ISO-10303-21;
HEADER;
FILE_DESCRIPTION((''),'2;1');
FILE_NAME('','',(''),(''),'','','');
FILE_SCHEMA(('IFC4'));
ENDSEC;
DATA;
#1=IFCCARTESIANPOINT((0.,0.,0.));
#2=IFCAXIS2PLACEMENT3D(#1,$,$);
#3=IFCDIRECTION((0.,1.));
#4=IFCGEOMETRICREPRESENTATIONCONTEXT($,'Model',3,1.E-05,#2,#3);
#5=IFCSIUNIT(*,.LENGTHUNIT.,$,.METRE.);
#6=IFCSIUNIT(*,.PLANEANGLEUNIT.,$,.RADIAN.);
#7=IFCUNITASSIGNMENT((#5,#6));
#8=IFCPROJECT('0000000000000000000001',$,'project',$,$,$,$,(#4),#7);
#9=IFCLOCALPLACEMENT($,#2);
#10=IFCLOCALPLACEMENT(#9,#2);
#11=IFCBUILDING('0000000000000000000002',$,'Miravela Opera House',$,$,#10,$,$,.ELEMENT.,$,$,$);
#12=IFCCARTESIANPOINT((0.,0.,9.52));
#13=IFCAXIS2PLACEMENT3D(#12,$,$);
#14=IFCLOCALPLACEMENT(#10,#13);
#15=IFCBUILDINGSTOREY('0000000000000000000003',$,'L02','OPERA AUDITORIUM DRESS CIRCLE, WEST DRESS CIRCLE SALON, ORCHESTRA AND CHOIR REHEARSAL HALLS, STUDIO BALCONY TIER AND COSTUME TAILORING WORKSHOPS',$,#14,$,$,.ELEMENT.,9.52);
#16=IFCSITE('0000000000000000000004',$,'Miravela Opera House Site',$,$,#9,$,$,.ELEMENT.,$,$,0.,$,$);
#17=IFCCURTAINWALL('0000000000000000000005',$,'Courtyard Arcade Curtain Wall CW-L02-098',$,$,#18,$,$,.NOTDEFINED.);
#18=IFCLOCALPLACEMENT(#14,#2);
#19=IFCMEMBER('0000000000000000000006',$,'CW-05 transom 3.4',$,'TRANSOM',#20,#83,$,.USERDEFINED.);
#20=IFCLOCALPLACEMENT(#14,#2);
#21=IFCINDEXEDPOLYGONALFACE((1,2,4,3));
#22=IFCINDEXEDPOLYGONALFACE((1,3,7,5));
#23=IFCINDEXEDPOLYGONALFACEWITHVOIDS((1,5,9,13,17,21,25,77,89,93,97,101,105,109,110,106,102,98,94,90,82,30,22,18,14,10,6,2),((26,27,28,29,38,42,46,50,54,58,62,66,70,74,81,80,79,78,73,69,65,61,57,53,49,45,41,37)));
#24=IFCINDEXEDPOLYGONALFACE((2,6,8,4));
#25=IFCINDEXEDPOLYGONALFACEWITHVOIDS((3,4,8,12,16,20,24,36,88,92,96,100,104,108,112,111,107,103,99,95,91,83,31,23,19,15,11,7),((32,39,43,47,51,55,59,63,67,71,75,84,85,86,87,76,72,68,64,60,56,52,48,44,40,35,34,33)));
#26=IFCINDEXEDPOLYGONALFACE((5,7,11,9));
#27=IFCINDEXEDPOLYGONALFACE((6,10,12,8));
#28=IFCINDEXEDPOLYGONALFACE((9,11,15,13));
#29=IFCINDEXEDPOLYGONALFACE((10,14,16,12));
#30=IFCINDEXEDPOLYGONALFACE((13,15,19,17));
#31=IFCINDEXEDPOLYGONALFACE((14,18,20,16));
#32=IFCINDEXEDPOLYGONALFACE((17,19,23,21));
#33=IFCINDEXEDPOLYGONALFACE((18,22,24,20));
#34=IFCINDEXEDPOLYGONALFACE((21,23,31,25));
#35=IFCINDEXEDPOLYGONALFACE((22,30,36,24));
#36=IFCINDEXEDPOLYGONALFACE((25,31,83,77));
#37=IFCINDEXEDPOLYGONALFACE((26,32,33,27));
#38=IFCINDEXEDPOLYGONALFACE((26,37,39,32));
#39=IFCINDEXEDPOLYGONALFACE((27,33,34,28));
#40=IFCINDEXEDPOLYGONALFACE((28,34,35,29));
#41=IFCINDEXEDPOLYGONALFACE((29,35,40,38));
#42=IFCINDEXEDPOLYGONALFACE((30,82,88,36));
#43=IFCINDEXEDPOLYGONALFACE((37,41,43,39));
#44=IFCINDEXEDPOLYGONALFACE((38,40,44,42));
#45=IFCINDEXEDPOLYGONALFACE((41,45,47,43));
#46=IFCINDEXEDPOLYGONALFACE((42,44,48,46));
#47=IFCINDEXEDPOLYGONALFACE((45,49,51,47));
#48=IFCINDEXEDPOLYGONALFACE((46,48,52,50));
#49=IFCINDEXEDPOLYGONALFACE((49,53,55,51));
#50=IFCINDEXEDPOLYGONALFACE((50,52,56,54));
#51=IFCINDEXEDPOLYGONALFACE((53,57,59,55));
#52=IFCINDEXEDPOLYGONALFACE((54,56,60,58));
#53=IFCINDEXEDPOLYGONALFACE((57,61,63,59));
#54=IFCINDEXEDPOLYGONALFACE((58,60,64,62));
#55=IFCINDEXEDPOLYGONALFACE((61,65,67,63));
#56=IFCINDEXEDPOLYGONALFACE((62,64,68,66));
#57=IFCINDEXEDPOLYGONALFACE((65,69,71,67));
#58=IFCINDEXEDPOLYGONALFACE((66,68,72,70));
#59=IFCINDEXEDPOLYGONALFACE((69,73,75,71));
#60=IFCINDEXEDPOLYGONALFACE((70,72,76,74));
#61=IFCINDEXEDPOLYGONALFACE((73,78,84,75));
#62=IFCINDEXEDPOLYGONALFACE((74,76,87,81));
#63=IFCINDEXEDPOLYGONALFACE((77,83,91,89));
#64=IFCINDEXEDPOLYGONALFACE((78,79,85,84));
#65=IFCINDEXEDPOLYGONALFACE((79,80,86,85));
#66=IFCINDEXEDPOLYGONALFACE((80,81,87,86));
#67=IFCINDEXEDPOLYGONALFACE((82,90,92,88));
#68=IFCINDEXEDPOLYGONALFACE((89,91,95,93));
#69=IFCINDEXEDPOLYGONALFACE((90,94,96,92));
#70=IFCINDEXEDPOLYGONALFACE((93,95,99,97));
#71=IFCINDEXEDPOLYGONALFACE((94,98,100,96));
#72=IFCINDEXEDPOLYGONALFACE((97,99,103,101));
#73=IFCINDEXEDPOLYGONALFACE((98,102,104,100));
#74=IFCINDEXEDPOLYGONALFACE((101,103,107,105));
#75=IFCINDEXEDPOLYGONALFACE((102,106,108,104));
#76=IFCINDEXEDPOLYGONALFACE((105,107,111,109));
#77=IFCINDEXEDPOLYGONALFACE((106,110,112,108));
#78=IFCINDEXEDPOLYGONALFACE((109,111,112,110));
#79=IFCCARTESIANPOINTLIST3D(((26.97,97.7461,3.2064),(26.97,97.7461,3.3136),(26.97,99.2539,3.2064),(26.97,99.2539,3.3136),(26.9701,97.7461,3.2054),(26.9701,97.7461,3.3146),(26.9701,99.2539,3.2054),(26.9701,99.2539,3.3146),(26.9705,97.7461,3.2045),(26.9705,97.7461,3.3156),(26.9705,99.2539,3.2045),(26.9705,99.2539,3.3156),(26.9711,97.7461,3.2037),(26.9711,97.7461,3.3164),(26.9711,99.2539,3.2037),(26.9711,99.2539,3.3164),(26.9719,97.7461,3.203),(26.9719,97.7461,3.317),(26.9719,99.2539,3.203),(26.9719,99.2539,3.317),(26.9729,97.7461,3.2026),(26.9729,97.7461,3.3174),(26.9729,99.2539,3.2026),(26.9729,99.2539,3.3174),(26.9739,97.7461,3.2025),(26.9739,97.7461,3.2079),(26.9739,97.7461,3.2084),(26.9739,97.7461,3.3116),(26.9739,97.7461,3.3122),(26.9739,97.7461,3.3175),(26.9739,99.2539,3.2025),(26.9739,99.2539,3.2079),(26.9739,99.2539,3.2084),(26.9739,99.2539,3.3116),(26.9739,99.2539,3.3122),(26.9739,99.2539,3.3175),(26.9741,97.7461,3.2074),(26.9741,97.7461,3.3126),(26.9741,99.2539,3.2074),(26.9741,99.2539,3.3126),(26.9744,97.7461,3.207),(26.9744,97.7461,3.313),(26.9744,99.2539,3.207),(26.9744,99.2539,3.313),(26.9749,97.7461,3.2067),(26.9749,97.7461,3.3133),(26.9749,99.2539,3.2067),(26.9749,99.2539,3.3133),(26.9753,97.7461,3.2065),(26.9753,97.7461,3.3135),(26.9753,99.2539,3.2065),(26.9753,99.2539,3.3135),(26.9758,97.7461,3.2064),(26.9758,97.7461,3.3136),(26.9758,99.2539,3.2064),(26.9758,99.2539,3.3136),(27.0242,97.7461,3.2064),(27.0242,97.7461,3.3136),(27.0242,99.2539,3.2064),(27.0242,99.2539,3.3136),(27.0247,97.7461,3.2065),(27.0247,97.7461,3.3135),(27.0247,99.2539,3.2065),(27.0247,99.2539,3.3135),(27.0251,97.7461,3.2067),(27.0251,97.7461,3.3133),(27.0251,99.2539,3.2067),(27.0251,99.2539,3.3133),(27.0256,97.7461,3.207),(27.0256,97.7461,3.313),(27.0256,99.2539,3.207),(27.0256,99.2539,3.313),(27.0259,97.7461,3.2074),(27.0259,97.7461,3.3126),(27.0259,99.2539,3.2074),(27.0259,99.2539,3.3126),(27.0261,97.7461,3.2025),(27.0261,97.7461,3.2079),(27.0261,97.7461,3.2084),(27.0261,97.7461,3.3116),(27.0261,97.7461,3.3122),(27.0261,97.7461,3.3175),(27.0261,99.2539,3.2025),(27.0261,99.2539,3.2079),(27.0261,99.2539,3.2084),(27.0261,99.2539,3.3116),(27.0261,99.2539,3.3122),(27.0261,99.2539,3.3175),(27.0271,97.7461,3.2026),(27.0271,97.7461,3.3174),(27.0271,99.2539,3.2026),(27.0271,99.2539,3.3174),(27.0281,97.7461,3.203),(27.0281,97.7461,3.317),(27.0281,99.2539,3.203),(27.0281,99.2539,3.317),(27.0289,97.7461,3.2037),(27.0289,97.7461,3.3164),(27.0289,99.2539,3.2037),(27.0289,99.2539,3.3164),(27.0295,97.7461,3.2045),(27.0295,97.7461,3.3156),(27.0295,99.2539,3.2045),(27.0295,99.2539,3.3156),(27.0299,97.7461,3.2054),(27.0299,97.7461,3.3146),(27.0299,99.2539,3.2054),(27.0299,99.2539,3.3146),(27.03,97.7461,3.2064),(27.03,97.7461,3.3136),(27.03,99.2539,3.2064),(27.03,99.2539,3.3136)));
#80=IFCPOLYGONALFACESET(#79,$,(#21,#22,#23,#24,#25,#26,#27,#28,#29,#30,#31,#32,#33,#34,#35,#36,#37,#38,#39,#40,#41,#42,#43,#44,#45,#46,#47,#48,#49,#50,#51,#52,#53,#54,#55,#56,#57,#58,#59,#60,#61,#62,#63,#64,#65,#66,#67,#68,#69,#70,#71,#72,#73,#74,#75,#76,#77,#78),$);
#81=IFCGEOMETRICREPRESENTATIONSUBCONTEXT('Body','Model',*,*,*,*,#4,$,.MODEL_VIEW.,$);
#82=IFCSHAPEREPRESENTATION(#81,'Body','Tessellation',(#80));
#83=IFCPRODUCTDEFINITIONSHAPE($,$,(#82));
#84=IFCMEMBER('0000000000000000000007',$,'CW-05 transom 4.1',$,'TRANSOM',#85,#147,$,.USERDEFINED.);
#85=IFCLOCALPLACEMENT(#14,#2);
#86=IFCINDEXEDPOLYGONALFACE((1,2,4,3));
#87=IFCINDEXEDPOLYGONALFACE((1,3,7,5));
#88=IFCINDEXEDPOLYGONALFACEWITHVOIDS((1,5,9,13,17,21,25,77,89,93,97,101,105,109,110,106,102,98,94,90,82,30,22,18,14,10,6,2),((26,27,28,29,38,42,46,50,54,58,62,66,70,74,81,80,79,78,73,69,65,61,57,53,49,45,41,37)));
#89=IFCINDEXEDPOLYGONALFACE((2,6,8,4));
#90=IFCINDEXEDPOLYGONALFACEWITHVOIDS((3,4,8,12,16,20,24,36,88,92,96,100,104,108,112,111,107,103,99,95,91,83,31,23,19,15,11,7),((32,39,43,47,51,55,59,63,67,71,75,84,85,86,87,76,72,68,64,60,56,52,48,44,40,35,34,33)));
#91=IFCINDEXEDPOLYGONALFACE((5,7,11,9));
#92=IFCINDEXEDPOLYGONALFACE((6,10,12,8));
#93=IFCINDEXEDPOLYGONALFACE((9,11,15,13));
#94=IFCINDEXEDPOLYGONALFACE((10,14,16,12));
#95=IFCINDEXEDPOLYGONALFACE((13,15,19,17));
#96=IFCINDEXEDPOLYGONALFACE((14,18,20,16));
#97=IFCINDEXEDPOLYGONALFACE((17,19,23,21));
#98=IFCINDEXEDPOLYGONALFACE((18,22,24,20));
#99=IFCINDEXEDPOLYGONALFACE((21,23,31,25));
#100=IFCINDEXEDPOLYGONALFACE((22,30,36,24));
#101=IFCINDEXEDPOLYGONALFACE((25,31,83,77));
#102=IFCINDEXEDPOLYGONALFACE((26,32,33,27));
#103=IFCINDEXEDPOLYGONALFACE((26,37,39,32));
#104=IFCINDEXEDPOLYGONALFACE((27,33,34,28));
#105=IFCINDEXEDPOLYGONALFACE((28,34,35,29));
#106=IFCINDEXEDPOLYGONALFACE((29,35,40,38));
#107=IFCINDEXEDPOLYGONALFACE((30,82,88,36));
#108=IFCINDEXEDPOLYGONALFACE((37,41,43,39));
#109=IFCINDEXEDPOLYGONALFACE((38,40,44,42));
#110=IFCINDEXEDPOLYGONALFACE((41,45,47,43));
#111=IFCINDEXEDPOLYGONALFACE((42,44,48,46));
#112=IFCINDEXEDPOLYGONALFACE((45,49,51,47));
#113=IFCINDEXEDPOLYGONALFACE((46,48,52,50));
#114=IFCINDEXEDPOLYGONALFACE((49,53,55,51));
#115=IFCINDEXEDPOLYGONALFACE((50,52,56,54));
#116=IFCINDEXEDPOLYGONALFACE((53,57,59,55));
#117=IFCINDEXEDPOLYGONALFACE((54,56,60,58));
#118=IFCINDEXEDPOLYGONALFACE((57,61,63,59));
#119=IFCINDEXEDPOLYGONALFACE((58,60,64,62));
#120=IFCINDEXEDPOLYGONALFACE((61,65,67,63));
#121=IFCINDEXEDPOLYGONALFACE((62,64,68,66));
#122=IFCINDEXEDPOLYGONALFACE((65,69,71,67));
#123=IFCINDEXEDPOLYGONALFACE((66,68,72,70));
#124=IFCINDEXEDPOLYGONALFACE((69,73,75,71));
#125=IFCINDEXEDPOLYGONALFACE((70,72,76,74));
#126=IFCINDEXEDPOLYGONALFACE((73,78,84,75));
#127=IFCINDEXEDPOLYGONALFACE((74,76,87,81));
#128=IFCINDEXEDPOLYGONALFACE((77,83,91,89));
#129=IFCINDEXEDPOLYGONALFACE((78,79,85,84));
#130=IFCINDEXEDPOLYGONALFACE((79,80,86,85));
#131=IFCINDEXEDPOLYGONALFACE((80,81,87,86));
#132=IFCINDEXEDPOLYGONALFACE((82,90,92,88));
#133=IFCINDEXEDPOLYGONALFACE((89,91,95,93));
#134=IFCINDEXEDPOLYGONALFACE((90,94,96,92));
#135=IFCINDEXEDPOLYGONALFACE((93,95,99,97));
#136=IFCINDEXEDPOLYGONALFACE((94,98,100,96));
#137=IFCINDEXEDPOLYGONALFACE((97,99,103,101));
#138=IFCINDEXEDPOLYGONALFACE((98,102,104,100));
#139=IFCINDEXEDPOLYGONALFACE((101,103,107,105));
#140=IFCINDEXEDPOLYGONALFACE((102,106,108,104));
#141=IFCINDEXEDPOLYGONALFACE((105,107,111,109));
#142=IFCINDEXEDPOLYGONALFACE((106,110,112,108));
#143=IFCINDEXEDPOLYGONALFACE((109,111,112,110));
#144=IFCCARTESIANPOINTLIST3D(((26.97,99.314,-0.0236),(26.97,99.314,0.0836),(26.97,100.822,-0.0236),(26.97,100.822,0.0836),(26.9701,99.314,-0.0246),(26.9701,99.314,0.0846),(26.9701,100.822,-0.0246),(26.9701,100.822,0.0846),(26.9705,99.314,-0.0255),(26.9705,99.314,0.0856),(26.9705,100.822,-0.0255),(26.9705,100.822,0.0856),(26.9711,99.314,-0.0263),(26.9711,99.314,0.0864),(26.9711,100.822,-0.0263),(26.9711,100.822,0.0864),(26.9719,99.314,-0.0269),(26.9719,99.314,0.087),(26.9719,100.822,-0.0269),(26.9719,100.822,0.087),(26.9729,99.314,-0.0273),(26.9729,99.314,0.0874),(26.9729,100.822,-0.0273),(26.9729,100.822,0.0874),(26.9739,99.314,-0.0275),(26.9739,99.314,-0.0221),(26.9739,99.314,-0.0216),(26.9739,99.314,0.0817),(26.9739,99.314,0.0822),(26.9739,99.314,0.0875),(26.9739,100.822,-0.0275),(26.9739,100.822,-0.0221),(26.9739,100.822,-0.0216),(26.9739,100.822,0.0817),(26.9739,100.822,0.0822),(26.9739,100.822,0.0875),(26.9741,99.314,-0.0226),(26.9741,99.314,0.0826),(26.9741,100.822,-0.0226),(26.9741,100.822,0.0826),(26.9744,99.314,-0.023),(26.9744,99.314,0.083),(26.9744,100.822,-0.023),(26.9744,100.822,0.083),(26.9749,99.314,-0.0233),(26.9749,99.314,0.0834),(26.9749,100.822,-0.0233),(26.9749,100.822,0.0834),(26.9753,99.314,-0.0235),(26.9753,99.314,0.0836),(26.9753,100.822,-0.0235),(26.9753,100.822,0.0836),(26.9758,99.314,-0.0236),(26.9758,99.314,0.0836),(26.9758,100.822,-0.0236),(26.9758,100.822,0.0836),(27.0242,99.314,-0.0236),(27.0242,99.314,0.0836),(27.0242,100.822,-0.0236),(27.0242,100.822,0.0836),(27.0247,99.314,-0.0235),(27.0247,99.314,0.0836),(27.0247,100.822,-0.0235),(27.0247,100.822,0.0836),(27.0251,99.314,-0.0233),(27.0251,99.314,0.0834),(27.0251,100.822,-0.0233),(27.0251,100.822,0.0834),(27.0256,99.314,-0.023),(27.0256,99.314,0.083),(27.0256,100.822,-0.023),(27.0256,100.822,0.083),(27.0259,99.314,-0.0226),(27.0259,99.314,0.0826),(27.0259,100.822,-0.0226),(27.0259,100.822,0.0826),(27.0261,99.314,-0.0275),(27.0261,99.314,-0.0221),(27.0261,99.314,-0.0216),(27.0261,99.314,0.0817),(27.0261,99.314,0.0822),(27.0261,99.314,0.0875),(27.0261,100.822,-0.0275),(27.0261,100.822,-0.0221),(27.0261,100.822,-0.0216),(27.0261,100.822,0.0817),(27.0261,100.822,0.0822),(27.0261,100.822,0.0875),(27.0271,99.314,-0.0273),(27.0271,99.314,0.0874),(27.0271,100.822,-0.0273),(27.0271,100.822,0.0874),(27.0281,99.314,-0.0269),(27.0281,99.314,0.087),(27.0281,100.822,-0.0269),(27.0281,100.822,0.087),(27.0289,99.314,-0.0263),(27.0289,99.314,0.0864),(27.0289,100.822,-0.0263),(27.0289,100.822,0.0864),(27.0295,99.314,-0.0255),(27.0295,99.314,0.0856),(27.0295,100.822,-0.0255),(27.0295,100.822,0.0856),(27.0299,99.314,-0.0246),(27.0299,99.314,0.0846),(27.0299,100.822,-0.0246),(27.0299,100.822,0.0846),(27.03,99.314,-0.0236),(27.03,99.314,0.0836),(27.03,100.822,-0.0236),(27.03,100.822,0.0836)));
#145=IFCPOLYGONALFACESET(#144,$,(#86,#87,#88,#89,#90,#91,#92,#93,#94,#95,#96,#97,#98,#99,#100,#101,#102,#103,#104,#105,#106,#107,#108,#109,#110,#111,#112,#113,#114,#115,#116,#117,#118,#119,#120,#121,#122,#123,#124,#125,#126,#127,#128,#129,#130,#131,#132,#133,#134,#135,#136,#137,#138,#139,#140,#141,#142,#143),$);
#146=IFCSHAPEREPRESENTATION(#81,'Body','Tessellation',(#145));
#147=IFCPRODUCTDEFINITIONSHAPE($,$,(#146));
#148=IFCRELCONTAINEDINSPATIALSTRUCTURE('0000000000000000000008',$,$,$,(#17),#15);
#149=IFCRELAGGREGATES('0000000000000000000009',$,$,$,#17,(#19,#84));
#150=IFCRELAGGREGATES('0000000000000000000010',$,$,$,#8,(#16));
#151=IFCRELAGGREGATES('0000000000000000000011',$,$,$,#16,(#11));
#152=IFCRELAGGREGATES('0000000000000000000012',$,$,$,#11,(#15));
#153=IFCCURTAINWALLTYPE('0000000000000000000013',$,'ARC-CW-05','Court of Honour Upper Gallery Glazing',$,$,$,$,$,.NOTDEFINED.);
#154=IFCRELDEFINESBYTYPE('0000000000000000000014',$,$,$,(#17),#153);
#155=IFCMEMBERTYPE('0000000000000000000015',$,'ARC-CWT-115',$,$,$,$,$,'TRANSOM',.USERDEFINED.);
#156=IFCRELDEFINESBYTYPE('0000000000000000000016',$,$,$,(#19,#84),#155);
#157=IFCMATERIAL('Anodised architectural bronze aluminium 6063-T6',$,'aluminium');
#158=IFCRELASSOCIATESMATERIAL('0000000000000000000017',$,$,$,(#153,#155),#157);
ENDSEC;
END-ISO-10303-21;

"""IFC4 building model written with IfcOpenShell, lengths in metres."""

from ifc_helpers import new_model, si_unit, direction, frame, origin, origin_2d, place, context, subcontext, project, spatial, hollow_rectangle, extrude, material, material_profile, profile_set, type_object, element, aggregate, save


model = new_model("IFC4")

# Units and contexts
model_context = context("Model", 3, precision=1e-05, world=origin(), true_north=direction((0.0, 1.0)))
body_context = subcontext(model_context, "Body", "Model", "MODEL_VIEW")
ifc_project = project(units=[si_unit("LENGTHUNIT", "METRE"), si_unit("PLANEANGLEUNIT", "RADIAN")], contexts=[model_context])

# Site, building, storey
site_placement = place(None, origin())
site = spatial("IfcSite", under=ifc_project, at=site_placement, Name="Miravela Opera House Site", CompositionType="ELEMENT", RefElevation=0.0)
building_placement = place(site_placement, origin())
building = spatial("IfcBuilding", under=site, at=building_placement, Name="Miravela Opera House", CompositionType="ELEMENT")
storey_placement = place(building_placement, frame((0.0, 0.0, 9.52)))
storey = spatial("IfcBuildingStorey", under=building, at=storey_placement, Name="L02", Description="OPERA AUDITORIUM DRESS CIRCLE, WEST DRESS CIRCLE SALON, ORCHESTRA AND CHOIR REHEARSAL HALLS, STUDIO BALCONY TIER AND COSTUME TAILORING WORKSHOPS", CompositionType="ELEMENT", Elevation=9.52)

# Curtain wall, members
ifc_material_1 = material(Name="Anodised architectural bronze aluminium 6063-T6", Category="aluminium")
curtain_wall_type = type_object("IfcCurtainWallType", Name="ARC-CW-05", Description="Court of Honour Upper Gallery Glazing", PredefinedType="NOTDEFINED", material=ifc_material_1)
curtain_wall_placement = place(storey_placement, origin())
curtain_wall = element("IfcCurtainWall", 1, at=curtain_wall_placement, inside=storey, type_object=curtain_wall_type, Name="Courtyard Arcade Curtain Wall CW-L02-098", PredefinedType="NOTDEFINED")
ifc_material_profile_1 = material_profile(ifc_material_1, hollow_rectangle(XDim=0.0601, YDim=0.115, WallThickness=0.0039, InnerFilletRadius=0.002, OuterFilletRadius=0.0039, at=origin_2d()), Name="CWT-60X115")
ifc_profile_set_1 = profile_set([ifc_material_profile_1])
member_type_1 = type_object("IfcMemberType", Name="ARC-CWT-115", ElementType="TRANSOM", PredefinedType="USERDEFINED", material=ifc_profile_set_1)
member_1_placement = place(storey_placement, frame((27.0, 97.7461, 3.26), z_axis=(0.0, 1.0, 0.0), x_axis=(-1.0, 0.0, 0.0)))
member_1 = element("IfcMember", 2, at=member_1_placement, type_object=member_type_1, Name="CW-05 transom 3.4", ObjectType="TRANSOM", PredefinedType="USERDEFINED", context=body_context, shape_type="SweptSolid", body=[
    extrude(hollow_rectangle(XDim=0.0601, YDim=0.115, WallThickness=0.0039, InnerFilletRadius=0.002, OuterFilletRadius=0.0039, at=origin_2d()), origin(), (0.0, 0.0, 1.0), 1.5078),
])
member_2_placement = place(storey_placement, frame((27.0, 99.314, 0.03), z_axis=(0.0, 1.0, 0.0), x_axis=(-1.0, 0.0, 0.0)))
member_2 = element("IfcMember", 3, at=member_2_placement, type_object=member_type_1, Name="CW-05 transom 4.1", ObjectType="TRANSOM", PredefinedType="USERDEFINED", context=body_context, shape_type="SweptSolid", body=[
    extrude(hollow_rectangle(XDim=0.0601, YDim=0.115, WallThickness=0.0039, InnerFilletRadius=0.002, OuterFilletRadius=0.0039, at=origin_2d()), origin(), (0.0, 0.0, 1.0), 1.5081),
])
aggregate(curtain_wall, [member_1, member_2])

save(model, "model.ifc")
